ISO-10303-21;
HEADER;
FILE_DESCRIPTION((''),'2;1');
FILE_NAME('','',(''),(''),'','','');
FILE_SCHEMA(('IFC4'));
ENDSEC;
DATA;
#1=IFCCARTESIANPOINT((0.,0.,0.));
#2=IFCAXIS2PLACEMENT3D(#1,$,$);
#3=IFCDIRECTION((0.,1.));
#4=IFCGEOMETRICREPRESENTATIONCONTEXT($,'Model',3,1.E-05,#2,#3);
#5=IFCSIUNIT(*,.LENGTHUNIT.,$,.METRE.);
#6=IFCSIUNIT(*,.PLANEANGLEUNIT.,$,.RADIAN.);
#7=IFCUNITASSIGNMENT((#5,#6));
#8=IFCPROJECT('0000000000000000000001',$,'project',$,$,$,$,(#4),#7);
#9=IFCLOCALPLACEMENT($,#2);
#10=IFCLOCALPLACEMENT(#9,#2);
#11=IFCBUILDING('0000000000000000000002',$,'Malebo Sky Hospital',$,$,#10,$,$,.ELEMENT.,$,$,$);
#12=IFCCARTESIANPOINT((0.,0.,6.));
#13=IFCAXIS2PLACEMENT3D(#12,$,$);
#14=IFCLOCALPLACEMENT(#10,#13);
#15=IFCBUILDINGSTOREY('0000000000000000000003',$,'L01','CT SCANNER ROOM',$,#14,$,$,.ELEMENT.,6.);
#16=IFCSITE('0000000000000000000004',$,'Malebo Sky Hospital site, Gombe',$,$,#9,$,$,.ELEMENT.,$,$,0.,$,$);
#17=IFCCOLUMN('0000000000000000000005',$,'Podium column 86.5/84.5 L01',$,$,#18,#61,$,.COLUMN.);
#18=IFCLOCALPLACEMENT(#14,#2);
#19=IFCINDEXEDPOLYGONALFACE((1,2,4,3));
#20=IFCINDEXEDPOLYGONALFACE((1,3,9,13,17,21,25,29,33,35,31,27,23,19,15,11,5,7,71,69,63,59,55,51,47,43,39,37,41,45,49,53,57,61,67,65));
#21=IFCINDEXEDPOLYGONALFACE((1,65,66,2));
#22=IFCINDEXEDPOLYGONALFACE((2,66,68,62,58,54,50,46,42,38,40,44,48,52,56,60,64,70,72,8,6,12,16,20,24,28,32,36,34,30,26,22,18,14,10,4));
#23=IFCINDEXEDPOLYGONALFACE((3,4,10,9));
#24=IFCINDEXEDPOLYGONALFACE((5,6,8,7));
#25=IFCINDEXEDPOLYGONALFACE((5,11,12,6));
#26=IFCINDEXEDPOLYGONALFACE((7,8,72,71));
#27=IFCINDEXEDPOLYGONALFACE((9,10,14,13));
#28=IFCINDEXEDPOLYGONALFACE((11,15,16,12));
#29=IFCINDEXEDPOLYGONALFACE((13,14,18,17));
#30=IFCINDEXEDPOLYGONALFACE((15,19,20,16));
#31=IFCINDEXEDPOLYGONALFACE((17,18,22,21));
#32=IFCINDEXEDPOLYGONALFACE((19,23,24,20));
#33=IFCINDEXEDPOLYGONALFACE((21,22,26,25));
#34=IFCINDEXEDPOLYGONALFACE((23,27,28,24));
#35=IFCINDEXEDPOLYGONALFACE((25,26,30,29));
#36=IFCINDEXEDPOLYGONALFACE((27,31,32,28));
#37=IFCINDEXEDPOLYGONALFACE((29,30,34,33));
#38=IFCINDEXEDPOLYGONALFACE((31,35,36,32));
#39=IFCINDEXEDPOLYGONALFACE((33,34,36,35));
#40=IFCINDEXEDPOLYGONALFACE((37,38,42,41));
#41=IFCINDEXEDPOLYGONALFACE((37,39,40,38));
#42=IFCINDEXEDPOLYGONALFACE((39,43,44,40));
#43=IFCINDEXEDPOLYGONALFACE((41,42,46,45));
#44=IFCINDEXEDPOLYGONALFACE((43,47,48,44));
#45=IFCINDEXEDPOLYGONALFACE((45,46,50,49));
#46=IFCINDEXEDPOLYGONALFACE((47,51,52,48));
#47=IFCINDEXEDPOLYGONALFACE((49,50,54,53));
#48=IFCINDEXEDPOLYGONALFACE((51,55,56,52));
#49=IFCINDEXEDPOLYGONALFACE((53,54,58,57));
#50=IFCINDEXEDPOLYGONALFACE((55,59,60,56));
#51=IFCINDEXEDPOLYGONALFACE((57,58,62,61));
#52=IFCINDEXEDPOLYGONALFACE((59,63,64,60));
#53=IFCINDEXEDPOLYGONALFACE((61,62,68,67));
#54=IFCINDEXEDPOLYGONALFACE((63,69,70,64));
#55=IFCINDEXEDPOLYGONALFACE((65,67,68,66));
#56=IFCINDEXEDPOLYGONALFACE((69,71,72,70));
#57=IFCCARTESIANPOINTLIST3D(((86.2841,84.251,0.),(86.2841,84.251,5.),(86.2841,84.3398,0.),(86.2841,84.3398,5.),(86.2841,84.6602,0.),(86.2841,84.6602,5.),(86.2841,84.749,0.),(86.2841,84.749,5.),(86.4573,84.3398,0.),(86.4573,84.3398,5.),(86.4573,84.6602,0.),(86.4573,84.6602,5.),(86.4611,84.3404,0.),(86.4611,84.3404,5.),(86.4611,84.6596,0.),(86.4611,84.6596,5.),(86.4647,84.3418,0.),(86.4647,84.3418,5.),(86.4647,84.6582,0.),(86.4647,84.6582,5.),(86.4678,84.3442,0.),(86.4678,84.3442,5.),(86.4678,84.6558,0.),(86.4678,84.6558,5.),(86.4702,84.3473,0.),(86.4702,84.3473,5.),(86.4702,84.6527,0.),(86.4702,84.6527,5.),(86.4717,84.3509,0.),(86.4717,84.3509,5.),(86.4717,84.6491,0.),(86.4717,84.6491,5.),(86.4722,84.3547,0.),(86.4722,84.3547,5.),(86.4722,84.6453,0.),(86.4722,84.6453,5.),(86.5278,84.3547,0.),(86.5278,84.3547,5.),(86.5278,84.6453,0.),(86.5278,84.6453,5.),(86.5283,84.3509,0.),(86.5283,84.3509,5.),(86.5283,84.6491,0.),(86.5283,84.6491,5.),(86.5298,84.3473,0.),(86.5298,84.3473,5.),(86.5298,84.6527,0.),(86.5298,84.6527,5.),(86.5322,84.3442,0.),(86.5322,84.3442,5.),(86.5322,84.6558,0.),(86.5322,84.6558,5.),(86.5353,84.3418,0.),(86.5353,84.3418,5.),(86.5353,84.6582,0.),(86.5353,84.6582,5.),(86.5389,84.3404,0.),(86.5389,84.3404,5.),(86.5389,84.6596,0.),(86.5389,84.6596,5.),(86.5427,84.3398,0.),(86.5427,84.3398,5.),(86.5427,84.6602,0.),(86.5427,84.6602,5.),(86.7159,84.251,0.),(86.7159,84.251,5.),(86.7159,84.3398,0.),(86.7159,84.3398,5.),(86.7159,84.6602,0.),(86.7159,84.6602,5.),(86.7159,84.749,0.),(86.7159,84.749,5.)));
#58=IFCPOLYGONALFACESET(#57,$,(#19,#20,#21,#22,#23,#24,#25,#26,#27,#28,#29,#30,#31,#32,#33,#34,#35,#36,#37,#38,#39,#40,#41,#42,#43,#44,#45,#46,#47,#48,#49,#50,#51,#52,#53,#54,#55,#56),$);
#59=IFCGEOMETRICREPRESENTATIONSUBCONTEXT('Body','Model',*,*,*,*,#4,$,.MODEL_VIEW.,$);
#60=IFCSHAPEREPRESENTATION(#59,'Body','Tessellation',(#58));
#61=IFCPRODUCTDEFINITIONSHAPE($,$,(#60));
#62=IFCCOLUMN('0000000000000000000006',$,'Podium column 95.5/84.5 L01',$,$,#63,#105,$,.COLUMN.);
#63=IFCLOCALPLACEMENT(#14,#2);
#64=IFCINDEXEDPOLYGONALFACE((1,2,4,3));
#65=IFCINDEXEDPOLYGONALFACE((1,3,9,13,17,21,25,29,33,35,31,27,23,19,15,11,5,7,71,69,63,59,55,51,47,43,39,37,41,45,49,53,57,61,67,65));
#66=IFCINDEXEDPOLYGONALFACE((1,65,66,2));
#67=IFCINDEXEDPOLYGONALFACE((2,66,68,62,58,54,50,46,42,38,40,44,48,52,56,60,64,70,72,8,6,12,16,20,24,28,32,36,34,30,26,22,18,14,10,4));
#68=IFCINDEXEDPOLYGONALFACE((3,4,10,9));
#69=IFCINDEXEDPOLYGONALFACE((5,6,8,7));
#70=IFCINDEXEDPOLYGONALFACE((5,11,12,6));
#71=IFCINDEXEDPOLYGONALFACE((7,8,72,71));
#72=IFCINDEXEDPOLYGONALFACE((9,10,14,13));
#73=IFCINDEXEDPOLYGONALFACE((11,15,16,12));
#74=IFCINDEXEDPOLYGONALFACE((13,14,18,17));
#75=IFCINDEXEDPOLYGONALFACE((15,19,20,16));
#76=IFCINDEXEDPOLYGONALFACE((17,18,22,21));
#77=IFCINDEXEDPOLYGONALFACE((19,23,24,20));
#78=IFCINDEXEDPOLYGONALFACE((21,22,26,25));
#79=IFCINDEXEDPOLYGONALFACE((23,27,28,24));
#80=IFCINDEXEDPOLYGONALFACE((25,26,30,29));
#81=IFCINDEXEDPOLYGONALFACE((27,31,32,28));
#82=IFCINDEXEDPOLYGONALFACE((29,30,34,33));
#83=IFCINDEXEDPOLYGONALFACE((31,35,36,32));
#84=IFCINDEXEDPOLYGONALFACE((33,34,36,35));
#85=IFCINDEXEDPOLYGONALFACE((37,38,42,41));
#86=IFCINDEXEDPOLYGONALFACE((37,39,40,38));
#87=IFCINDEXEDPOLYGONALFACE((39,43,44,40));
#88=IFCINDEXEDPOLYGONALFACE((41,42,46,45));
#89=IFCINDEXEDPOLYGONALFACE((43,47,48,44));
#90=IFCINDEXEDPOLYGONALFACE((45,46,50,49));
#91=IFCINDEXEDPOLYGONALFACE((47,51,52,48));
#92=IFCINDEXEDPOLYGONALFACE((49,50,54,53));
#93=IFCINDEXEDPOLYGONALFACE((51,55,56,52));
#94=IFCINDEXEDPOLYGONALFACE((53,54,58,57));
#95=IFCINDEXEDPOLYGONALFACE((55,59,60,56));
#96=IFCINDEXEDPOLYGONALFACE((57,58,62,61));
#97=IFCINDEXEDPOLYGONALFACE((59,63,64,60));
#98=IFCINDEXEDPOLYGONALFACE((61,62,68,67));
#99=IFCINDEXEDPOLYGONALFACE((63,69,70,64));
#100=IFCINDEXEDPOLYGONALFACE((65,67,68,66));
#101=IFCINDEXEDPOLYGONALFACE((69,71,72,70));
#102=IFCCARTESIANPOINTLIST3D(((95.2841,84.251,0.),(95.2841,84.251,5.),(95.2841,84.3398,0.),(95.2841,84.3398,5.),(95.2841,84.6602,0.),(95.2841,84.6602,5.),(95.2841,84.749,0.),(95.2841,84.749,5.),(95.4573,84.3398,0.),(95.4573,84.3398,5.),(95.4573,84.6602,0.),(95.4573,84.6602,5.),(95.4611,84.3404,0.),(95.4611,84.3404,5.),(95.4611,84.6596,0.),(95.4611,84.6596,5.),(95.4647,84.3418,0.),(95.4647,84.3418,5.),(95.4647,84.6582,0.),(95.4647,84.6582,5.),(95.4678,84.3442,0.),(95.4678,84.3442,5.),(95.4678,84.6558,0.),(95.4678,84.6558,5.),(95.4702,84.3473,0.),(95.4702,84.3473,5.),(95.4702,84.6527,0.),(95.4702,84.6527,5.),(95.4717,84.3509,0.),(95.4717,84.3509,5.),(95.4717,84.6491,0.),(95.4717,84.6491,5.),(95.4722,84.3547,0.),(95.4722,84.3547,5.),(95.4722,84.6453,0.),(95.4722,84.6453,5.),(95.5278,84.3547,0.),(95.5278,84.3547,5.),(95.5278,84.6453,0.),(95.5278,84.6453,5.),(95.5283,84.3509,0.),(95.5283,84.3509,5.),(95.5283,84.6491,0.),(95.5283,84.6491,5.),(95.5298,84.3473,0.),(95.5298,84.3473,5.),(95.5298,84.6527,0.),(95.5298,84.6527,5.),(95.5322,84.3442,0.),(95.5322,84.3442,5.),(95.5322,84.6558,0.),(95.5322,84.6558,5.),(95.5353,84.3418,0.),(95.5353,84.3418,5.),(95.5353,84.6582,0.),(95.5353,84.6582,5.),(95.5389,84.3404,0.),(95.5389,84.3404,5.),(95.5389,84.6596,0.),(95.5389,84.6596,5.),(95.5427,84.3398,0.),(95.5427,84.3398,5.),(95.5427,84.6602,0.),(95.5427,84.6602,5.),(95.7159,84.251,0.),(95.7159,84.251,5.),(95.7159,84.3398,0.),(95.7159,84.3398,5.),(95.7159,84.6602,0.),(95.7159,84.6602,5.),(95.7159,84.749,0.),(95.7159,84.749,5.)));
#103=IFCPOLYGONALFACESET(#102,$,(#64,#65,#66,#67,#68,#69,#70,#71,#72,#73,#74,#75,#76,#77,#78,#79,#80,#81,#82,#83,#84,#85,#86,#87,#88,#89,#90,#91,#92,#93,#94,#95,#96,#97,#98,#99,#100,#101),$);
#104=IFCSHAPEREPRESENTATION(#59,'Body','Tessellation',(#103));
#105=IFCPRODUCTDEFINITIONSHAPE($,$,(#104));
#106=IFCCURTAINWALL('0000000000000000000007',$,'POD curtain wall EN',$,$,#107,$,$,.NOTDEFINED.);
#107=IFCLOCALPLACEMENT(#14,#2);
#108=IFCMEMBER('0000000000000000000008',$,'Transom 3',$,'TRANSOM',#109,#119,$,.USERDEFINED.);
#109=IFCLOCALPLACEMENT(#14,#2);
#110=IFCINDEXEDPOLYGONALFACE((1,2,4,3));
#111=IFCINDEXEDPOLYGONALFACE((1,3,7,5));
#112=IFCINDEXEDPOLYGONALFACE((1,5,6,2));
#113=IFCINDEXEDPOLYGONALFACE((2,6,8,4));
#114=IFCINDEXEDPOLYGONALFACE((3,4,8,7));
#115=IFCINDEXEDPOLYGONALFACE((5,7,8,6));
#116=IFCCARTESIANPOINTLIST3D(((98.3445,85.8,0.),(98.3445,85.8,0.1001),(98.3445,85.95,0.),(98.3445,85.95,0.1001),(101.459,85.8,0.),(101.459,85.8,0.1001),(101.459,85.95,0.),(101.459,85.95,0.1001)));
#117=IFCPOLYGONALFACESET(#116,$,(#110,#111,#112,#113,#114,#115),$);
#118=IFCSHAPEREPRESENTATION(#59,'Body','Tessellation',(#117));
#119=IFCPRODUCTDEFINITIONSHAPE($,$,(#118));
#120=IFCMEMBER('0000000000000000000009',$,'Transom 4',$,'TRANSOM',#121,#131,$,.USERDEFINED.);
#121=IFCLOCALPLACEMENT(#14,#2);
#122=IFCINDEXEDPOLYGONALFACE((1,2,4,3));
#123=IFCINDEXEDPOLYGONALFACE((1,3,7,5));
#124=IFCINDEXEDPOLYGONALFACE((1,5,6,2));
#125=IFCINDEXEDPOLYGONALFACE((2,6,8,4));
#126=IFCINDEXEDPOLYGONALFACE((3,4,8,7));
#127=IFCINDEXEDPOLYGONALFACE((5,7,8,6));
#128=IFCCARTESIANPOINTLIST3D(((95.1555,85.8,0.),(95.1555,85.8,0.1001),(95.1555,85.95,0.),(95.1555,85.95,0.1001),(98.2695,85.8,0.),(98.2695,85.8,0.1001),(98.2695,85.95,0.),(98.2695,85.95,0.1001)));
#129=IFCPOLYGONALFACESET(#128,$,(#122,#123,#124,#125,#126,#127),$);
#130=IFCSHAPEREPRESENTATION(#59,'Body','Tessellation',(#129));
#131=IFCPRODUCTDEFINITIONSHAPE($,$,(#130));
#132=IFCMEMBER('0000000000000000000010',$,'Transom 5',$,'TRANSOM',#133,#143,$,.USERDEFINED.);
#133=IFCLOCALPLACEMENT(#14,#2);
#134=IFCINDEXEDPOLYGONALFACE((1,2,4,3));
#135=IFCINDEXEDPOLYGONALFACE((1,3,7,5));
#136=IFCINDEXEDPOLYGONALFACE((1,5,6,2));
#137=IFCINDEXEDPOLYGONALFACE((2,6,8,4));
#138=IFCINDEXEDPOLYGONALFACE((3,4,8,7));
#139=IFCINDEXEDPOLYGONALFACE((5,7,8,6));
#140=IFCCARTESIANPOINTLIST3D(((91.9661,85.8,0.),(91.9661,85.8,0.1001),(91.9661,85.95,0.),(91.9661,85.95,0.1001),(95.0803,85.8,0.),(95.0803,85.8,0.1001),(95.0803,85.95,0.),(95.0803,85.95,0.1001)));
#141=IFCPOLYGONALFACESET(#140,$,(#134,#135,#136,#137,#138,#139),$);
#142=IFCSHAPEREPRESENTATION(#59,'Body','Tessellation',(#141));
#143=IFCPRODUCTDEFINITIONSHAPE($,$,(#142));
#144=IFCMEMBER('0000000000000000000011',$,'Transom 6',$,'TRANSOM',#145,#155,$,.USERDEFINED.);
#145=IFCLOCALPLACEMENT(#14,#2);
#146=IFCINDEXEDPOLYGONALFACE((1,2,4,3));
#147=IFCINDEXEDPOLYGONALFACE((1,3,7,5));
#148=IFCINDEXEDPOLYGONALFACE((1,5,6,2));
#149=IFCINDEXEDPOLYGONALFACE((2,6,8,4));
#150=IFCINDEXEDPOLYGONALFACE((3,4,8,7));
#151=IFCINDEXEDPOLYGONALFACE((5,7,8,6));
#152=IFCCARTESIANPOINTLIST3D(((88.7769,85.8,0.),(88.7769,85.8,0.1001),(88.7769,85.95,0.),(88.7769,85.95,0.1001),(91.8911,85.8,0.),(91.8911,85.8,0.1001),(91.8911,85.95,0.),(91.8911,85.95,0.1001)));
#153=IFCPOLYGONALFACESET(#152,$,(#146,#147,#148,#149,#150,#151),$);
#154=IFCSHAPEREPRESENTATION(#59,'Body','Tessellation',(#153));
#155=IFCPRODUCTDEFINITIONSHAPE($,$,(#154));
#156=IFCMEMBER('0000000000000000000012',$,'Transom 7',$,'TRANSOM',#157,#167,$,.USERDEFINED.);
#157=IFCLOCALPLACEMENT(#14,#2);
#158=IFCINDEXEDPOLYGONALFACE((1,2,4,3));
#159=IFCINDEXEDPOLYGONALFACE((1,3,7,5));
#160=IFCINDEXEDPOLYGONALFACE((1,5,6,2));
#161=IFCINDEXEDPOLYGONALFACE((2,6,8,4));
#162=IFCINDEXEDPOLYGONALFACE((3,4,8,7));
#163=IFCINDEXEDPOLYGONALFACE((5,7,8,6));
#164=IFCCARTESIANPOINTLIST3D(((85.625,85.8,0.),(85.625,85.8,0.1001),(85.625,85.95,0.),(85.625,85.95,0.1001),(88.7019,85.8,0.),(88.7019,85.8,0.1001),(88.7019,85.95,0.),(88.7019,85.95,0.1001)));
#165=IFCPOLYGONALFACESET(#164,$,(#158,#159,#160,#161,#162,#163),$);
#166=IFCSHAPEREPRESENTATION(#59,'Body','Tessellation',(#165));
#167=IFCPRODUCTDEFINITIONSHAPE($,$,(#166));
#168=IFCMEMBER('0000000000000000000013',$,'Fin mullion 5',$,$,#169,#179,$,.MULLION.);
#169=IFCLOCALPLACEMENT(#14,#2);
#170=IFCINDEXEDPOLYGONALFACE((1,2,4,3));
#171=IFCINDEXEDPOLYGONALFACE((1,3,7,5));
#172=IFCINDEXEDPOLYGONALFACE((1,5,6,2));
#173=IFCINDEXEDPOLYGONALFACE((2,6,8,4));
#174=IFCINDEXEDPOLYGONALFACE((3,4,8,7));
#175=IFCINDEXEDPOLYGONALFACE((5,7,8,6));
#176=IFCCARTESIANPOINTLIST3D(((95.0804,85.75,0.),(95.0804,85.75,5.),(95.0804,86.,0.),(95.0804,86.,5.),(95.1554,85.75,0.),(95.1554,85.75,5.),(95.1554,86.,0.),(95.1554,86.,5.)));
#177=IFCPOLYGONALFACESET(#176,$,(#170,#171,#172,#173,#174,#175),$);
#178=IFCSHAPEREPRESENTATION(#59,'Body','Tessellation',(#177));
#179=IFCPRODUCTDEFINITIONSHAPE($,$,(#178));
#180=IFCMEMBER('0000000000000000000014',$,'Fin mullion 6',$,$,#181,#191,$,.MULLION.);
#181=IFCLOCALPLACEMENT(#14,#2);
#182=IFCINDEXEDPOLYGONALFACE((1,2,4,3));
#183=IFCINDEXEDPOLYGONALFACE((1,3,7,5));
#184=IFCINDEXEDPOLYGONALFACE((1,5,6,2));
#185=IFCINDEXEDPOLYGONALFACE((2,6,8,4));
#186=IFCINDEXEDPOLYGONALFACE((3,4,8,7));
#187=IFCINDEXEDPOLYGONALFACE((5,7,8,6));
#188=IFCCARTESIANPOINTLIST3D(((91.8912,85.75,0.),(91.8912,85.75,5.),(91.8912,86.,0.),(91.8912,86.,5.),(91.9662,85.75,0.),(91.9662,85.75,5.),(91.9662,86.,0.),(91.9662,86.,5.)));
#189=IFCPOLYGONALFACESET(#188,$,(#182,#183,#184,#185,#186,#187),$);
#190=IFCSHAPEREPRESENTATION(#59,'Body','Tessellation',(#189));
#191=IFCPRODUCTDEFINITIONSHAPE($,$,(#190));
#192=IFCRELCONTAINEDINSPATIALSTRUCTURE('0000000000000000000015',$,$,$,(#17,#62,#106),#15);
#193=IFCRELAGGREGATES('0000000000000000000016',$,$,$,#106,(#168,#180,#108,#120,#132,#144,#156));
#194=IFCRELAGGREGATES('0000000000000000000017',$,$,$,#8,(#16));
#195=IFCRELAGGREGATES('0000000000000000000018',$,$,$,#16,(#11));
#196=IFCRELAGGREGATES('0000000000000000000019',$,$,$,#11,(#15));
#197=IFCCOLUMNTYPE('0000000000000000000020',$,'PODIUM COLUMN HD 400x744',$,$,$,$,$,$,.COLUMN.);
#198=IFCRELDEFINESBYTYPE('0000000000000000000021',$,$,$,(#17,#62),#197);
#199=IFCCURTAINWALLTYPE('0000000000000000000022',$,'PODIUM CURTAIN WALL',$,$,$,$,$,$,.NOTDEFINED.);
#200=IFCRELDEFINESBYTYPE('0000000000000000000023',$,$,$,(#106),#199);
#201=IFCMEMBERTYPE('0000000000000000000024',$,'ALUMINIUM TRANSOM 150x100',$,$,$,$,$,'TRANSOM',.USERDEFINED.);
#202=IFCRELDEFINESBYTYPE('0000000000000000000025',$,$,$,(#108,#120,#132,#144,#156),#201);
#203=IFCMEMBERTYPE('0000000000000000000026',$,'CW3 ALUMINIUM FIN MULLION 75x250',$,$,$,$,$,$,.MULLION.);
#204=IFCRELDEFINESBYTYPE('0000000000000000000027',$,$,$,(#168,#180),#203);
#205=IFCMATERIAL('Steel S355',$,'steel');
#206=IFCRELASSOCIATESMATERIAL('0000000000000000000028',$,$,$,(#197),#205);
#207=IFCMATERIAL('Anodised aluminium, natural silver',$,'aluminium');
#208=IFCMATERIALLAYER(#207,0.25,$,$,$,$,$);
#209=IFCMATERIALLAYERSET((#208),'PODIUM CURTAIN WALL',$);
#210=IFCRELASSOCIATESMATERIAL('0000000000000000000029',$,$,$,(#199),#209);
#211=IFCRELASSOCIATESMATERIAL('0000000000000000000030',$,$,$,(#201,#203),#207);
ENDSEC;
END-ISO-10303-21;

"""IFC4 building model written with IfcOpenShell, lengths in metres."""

from ifc_helpers import new_model, si_unit, direction, frame, origin, origin_2d, place, context, subcontext, project, spatial, rectangle, i_section, extrude, material, layer, layer_set, material_profile, profile_set, type_object, element, aggregate, save


model = new_model("IFC4")

# Units and contexts
model_context = context("Model", 3, precision=1e-05, world=origin(), true_north=direction((0.0, 1.0)))
body_context = subcontext(model_context, "Body", "Model", "MODEL_VIEW")
ifc_project = project(units=[si_unit("LENGTHUNIT", "METRE"), si_unit("PLANEANGLEUNIT", "RADIAN")], contexts=[model_context])

# Site, building, storey
site_placement = place(None, origin())
site = spatial("IfcSite", under=ifc_project, at=site_placement, Name="Malebo Sky Hospital site, Gombe", CompositionType="ELEMENT", RefElevation=0.0)
building_placement = place(site_placement, origin())
building = spatial("IfcBuilding", under=site, at=building_placement, Name="Malebo Sky Hospital", CompositionType="ELEMENT")
storey_placement = place(building_placement, frame((0.0, 0.0, 6.0)))
storey = spatial("IfcBuildingStorey", under=building, at=storey_placement, Name="L01", Description="CT SCANNER ROOM", CompositionType="ELEMENT", Elevation=6.0)

# Columns
ifc_material_1 = material(Name="Steel S355", Category="steel")
ifc_material_profile_1 = material_profile(ifc_material_1, i_section(OverallWidth=0.4319, OverallDepth=0.498, WebThickness=0.0557, FlangeThickness=0.0889, FilletRadius=0.0149, at=origin_2d()), Name="HD 400x744")
ifc_profile_set_1 = profile_set([ifc_material_profile_1], Name="Steel S355")
column_type = type_object("IfcColumnType", Name="PODIUM COLUMN HD 400x744", PredefinedType="COLUMN", material=ifc_profile_set_1)
for number, where, z_axis, x_axis, name in (
    (1, (86.5, 84.5, 0.0), (0.0, 0.0, 1.0), (1.0, 0.0, 0.0), "Podium column 86.5/84.5 L01"),
    (2, (95.5, 84.5, 0.0), (0.0, 0.0, 1.0), (1.0, 0.0, 0.0), "Podium column 95.5/84.5 L01"),
):
    element("IfcColumn", number, at=place(storey_placement, frame(where, z_axis=z_axis, x_axis=x_axis)), inside=storey, type_object=column_type, Name=name, PredefinedType="COLUMN", context=body_context, shape_type="SweptSolid", body=[
        extrude(i_section(OverallWidth=0.4319, OverallDepth=0.498, WebThickness=0.0557, FlangeThickness=0.0889, FilletRadius=0.0149, at=origin_2d()), origin(), (0.0, 0.0, 1.0), 5.0),
    ])

# Curtain wall, members
ifc_material_2 = material(Name="Anodised aluminium, natural silver", Category="aluminium")
ifc_layer_1 = layer(ifc_material_2, 0.25)
ifc_layer_set_1 = layer_set([ifc_layer_1], Name="PODIUM CURTAIN WALL")
curtain_wall_type = type_object("IfcCurtainWallType", Name="PODIUM CURTAIN WALL", PredefinedType="NOTDEFINED", material=ifc_layer_set_1)
curtain_wall_placement = place(storey_placement, origin())
curtain_wall = element("IfcCurtainWall", 3, at=curtain_wall_placement, inside=storey, type_object=curtain_wall_type, Name="POD curtain wall EN", PredefinedType="NOTDEFINED")
ifc_material_profile_2 = material_profile(ifc_material_2, rectangle(XDim=0.1499, YDim=0.1001, at=origin_2d()), Name="ALUMINIUM TRANSOM 150x100")
ifc_profile_set_2 = profile_set([ifc_material_profile_2], Name="Anodised aluminium, natural silver")
member_type_1 = type_object("IfcMemberType", Name="ALUMINIUM TRANSOM 150x100", ElementType="TRANSOM", PredefinedType="USERDEFINED", material=ifc_profile_set_2)
member_1_placement = place(storey_placement, frame((101.459, 85.875, 0.05), z_axis=(-1.0, 0.0, 0.0), x_axis=(0.0, -1.0, 0.0)))
member_1 = element("IfcMember", 4, at=member_1_placement, type_object=member_type_1, Name="Transom 3", ObjectType="TRANSOM", PredefinedType="USERDEFINED", context=body_context, shape_type="SweptSolid", body=[
    extrude(rectangle(XDim=0.1499, YDim=0.1001, at=origin_2d()), origin(), (0.0, 0.0, 1.0), 3.1145),
])
member_2_placement = place(storey_placement, frame((98.2695, 85.875, 0.05), z_axis=(-1.0, 0.0, 0.0), x_axis=(0.0, -1.0, 0.0)))
member_2 = element("IfcMember", 5, at=member_2_placement, type_object=member_type_1, Name="Transom 4", ObjectType="TRANSOM", PredefinedType="USERDEFINED", context=body_context, shape_type="SweptSolid", body=[
    extrude(rectangle(XDim=0.1499, YDim=0.1001, at=origin_2d()), origin(), (0.0, 0.0, 1.0), 3.114),
])
member_3_placement = place(storey_placement, frame((95.0803, 85.875, 0.05), z_axis=(-1.0, 0.0, 0.0), x_axis=(0.0, -1.0, 0.0)))
member_3 = element("IfcMember", 6, at=member_3_placement, type_object=member_type_1, Name="Transom 5", ObjectType="TRANSOM", PredefinedType="USERDEFINED", context=body_context, shape_type="SweptSolid", body=[
    extrude(rectangle(XDim=0.1499, YDim=0.1001, at=origin_2d()), origin(), (0.0, 0.0, 1.0), 3.1143),
])
member_4_placement = place(storey_placement, frame((91.8911, 85.875, 0.05), z_axis=(-1.0, 0.0, 0.0), x_axis=(0.0, -1.0, 0.0)))
member_4 = element("IfcMember", 7, at=member_4_placement, type_object=member_type_1, Name="Transom 6", ObjectType="TRANSOM", PredefinedType="USERDEFINED", context=body_context, shape_type="SweptSolid", body=[
    extrude(rectangle(XDim=0.1499, YDim=0.1001, at=origin_2d()), origin(), (0.0, 0.0, 1.0), 3.1143),
])
member_5_placement = place(storey_placement, frame((88.7019, 85.875, 0.05), z_axis=(-1.0, 0.0, 0.0), x_axis=(0.0, -1.0, 0.0)))
member_5 = element("IfcMember", 8, at=member_5_placement, type_object=member_type_1, Name="Transom 7", ObjectType="TRANSOM", PredefinedType="USERDEFINED", context=body_context, shape_type="SweptSolid", body=[
    extrude(rectangle(XDim=0.1499, YDim=0.1001, at=origin_2d()), origin(), (0.0, 0.0, 1.0), 3.0769),
])
ifc_material_profile_3 = material_profile(ifc_material_2, rectangle(XDim=0.075, YDim=0.25, at=origin_2d()), Name="CW3 ALUMINIUM FIN MULLION 75x250")
ifc_profile_set_3 = profile_set([ifc_material_profile_3], Name="Anodised aluminium, natural silver")
member_type_2 = type_object("IfcMemberType", Name="CW3 ALUMINIUM FIN MULLION 75x250", PredefinedType="MULLION", material=ifc_profile_set_3)
member_6_placement = place(storey_placement, frame((95.1179, 85.875, 0.0), z_axis=(0.0, 0.0, 1.0), x_axis=(-1.0, 0.0, 0.0)))
member_6 = element("IfcMember", 9, at=member_6_placement, type_object=member_type_2, Name="Fin mullion 5", PredefinedType="MULLION", context=body_context, shape_type="SweptSolid", body=[
    extrude(rectangle(XDim=0.075, YDim=0.25, at=origin_2d()), origin(), (0.0, 0.0, 1.0), 5.0),
])
member_7_placement = place(storey_placement, frame((91.9287, 85.875, 0.0), z_axis=(0.0, 0.0, 1.0), x_axis=(-1.0, 0.0, 0.0)))
member_7 = element("IfcMember", 10, at=member_7_placement, type_object=member_type_2, Name="Fin mullion 6", PredefinedType="MULLION", context=body_context, shape_type="SweptSolid", body=[
    extrude(rectangle(XDim=0.075, YDim=0.25, at=origin_2d()), origin(), (0.0, 0.0, 1.0), 5.0),
])

aggregate(curtain_wall, [member_6, member_7, member_1, member_2, member_3, member_4, member_5])

save(model, "model.ifc")
